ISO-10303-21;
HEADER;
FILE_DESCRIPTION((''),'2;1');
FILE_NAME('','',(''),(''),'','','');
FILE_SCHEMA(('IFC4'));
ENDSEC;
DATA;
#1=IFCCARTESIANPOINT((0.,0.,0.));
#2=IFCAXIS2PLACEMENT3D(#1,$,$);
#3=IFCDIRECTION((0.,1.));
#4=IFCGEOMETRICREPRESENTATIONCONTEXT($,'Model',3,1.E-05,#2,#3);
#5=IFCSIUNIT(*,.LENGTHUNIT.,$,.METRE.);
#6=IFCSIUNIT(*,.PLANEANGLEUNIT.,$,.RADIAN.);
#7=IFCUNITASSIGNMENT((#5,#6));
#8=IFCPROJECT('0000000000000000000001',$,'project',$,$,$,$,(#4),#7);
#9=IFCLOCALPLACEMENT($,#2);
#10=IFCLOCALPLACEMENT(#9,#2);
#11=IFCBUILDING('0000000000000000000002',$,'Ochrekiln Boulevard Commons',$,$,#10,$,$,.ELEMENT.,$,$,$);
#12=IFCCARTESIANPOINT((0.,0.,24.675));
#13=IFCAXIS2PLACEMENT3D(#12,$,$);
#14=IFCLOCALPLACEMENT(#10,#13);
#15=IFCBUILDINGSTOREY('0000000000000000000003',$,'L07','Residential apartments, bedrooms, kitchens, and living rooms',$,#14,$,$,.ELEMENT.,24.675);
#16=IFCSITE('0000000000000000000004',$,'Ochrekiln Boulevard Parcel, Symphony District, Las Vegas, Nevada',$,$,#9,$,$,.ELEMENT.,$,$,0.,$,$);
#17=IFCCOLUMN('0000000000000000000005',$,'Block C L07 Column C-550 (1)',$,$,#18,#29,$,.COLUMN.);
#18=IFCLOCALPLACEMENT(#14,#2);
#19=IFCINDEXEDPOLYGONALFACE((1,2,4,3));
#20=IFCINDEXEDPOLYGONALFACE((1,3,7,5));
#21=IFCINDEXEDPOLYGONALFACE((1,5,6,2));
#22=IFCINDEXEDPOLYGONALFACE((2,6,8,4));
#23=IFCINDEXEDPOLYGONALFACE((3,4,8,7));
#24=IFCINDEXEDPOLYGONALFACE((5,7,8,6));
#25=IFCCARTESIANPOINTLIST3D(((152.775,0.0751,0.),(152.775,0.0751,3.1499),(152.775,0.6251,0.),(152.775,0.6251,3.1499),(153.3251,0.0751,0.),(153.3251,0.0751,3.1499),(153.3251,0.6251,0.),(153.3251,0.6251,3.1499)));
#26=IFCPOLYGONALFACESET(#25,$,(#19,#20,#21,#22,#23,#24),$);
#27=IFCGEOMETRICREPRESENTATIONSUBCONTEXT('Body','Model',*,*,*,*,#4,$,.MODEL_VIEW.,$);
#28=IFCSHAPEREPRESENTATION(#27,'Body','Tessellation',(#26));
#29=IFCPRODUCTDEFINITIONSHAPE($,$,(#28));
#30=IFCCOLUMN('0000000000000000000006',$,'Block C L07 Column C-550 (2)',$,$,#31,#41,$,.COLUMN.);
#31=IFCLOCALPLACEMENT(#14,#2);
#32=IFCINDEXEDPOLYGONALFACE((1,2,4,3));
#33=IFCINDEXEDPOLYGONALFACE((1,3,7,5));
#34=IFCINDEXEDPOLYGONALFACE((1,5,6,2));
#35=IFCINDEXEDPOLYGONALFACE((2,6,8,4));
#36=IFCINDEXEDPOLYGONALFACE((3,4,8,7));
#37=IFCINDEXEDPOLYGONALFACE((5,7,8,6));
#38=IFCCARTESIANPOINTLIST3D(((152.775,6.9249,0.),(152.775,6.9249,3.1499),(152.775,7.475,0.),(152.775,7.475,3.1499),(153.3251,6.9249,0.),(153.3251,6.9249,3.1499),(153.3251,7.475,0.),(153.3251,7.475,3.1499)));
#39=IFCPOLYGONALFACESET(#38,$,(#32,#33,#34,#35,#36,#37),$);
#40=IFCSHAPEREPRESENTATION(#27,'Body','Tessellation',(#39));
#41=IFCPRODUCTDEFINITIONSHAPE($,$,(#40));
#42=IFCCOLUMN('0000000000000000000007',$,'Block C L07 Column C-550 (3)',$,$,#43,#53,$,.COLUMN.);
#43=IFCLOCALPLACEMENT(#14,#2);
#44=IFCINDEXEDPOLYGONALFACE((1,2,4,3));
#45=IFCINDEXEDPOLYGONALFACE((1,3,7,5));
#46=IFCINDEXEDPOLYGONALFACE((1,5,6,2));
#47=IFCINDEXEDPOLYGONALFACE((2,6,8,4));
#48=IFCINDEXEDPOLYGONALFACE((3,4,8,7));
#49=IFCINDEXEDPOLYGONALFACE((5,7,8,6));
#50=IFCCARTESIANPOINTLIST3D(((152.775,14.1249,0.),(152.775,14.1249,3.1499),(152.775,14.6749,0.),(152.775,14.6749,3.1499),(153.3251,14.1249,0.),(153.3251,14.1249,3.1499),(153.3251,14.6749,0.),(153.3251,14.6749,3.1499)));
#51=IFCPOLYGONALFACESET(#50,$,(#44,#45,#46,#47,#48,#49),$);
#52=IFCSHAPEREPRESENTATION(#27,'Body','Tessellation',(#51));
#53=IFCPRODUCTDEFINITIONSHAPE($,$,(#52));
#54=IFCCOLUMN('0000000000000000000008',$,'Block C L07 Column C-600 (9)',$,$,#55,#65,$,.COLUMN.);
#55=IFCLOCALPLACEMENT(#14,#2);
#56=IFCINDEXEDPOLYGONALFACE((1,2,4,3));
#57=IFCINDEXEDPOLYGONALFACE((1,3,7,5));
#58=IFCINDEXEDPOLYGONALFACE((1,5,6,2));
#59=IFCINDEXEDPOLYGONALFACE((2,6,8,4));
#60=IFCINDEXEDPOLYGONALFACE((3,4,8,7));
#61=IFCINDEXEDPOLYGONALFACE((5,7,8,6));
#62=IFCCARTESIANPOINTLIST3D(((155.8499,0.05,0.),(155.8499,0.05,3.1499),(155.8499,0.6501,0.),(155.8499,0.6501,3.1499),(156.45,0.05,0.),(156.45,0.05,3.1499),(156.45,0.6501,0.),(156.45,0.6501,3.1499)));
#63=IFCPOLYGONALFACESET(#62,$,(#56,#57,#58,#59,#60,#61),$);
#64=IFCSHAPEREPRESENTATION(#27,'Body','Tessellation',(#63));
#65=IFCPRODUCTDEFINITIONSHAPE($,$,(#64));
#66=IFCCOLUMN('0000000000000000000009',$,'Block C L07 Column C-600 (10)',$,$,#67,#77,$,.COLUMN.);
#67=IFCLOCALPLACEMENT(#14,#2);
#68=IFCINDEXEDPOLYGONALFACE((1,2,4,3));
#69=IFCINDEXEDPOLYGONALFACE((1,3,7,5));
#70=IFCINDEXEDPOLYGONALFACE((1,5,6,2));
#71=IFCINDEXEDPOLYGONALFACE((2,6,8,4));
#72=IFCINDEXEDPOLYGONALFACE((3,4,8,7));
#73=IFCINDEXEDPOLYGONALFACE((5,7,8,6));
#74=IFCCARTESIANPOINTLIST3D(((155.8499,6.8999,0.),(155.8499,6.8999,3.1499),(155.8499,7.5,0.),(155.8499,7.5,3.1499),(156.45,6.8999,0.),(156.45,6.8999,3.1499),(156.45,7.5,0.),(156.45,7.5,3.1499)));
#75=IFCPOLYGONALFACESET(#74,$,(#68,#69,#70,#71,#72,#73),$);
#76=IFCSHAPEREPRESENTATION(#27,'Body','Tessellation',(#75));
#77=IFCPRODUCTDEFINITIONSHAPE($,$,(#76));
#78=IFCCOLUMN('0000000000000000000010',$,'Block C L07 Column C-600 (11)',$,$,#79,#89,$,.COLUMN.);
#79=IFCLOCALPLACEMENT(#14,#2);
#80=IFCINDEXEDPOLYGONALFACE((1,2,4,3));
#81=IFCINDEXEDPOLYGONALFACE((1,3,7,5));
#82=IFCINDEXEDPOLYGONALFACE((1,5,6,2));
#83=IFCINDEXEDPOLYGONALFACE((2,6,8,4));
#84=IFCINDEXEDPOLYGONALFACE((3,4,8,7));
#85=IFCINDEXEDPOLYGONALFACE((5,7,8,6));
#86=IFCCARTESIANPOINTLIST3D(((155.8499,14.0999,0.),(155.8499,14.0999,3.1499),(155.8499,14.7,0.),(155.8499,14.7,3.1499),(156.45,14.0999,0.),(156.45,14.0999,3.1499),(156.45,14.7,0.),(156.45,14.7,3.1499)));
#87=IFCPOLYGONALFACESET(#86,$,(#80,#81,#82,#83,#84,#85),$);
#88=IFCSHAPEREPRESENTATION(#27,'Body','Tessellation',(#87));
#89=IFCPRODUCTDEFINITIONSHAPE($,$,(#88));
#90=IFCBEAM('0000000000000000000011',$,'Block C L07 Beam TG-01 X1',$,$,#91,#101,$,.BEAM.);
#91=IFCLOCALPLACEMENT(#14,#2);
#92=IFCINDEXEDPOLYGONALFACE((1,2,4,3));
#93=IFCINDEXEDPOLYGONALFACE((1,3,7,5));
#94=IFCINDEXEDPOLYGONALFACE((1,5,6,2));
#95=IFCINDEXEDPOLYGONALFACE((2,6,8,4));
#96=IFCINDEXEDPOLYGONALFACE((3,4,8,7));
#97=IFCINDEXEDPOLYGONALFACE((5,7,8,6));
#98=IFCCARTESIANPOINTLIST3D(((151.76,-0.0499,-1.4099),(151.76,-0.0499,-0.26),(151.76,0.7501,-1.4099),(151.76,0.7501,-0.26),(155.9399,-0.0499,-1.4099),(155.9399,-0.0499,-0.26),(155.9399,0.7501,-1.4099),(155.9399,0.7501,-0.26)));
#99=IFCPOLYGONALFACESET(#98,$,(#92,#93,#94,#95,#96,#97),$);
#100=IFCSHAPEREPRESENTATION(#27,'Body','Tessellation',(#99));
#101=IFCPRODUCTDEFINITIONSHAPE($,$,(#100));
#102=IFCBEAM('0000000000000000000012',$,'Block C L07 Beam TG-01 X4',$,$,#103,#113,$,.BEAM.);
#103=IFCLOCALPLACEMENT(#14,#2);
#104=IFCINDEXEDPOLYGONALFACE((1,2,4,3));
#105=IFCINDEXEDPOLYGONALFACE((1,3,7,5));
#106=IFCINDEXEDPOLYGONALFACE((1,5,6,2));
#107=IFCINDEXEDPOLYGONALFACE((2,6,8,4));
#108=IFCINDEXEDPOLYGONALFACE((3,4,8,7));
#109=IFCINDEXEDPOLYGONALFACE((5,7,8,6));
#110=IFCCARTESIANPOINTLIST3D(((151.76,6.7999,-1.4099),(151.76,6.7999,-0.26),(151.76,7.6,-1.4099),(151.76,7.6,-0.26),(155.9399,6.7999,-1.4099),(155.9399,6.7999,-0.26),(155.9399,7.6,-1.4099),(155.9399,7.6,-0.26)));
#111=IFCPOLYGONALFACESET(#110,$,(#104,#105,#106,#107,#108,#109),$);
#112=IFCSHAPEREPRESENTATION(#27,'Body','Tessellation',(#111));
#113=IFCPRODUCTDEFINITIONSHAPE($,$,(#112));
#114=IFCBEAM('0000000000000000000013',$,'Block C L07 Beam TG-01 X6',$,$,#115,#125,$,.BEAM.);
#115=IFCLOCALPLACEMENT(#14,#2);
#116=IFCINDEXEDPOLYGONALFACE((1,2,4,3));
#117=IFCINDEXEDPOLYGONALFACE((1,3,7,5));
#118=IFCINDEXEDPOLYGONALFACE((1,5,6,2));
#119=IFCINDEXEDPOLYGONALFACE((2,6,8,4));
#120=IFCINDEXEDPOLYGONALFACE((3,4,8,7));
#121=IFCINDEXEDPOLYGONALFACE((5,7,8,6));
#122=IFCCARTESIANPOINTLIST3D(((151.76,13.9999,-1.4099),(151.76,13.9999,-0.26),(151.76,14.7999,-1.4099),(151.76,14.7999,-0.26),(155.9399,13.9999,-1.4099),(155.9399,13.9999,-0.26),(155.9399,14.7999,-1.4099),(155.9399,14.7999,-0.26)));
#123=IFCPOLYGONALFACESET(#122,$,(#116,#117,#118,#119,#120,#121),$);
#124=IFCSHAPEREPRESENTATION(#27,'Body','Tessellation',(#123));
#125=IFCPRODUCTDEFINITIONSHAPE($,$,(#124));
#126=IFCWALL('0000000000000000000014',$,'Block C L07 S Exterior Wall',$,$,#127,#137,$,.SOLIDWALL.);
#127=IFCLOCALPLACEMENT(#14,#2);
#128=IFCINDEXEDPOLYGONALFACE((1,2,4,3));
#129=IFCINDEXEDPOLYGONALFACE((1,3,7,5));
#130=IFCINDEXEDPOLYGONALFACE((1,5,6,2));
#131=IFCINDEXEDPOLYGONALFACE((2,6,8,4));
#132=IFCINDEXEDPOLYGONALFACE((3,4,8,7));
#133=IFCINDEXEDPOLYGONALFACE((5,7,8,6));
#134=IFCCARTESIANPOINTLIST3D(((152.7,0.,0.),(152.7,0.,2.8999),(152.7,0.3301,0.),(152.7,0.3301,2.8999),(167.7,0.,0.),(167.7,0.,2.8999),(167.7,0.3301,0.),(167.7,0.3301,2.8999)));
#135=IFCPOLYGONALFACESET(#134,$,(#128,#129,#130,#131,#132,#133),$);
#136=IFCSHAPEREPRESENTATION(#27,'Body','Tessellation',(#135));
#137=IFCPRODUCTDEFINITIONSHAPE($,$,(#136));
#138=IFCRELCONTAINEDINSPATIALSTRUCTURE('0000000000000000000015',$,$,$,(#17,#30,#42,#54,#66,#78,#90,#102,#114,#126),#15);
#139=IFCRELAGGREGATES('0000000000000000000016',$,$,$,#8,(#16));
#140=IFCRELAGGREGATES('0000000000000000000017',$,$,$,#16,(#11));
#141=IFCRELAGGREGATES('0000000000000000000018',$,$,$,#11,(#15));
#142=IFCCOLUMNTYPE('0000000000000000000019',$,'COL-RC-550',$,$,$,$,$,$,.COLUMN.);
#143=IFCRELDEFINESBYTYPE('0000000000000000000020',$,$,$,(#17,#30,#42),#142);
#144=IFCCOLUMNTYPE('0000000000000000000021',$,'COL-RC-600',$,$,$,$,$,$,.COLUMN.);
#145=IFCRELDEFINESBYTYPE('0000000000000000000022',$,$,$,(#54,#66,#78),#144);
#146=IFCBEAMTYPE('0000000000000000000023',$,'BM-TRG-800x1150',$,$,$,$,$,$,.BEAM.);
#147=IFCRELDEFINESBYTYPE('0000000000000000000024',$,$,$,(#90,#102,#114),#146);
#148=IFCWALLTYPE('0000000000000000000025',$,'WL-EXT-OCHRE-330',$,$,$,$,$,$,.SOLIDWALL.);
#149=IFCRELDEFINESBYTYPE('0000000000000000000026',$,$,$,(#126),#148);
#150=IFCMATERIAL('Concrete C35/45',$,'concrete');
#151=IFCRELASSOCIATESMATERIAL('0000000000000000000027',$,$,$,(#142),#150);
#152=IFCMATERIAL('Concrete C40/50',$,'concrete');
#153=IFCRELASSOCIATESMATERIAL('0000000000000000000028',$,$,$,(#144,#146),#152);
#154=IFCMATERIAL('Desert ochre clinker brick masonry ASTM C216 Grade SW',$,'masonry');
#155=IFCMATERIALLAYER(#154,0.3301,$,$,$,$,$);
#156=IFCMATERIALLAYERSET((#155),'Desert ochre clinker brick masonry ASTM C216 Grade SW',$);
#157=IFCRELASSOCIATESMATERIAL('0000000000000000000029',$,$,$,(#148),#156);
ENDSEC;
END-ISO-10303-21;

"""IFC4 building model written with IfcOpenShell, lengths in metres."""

from ifc_helpers import new_model, si_unit, direction, frame, frame_2d, origin, origin_2d, place, context, subcontext, project, spatial, rectangle, extrude, material, layer, layer_set, material_profile, profile_set, type_object, element, save


model = new_model("IFC4")

# Units and contexts
model_context = context("Model", 3, precision=1e-05, world=origin(), true_north=direction((0.0, 1.0)))
body_context = subcontext(model_context, "Body", "Model", "MODEL_VIEW")
ifc_project = project(units=[si_unit("LENGTHUNIT", "METRE"), si_unit("PLANEANGLEUNIT", "RADIAN")], contexts=[model_context])

# Site, building, storey
site_placement = place(None, origin())
site = spatial("IfcSite", under=ifc_project, at=site_placement, Name="Ochrekiln Boulevard Parcel, Symphony District, Las Vegas, Nevada", CompositionType="ELEMENT", RefElevation=0.0)
building_placement = place(site_placement, origin())
building = spatial("IfcBuilding", under=site, at=building_placement, Name="Ochrekiln Boulevard Commons", CompositionType="ELEMENT")
storey_placement = place(building_placement, frame((0.0, 0.0, 24.675)))
storey = spatial("IfcBuildingStorey", under=building, at=storey_placement, Name="L07", Description="Residential apartments, bedrooms, kitchens, and living rooms", CompositionType="ELEMENT", Elevation=24.675)

# Columns
ifc_material_1 = material(Name="Concrete C35/45", Category="concrete")
ifc_material_profile_1 = material_profile(ifc_material_1, rectangle(XDim=0.55, YDim=0.55, at=origin_2d()), Name="RC-COL-550x550")
ifc_profile_set_1 = profile_set([ifc_material_profile_1], Name="Concrete C35/45")
column_type_1 = type_object("IfcColumnType", Name="COL-RC-550", PredefinedType="COLUMN", material=ifc_profile_set_1)
for number, where, z_axis, x_axis, name in (
    (1, (153.05, 0.3501, 0.0), (0.0, 0.0, 1.0), (1.0, 0.0, 0.0), "Block C L07 Column C-550 (1)"),
    (2, (153.05, 7.2, 0.0), (0.0, 0.0, 1.0), (1.0, 0.0, 0.0), "Block C L07 Column C-550 (2)"),
    (3, (153.05, 14.3999, 0.0), (0.0, 0.0, 1.0), (1.0, 0.0, 0.0), "Block C L07 Column C-550 (3)"),
):
    element("IfcColumn", number, at=place(storey_placement, frame(where, z_axis=z_axis, x_axis=x_axis)), inside=storey, type_object=column_type_1, Name=name, PredefinedType="COLUMN", context=body_context, shape_type="SweptSolid", body=[
        extrude(rectangle(XDim=0.55, YDim=0.55, at=origin_2d()), origin(), (0.0, 0.0, 1.0), 3.1499),
    ])
ifc_material_2 = material(Name="Concrete C40/50", Category="concrete")
ifc_material_profile_2 = material_profile(ifc_material_2, rectangle(XDim=0.6001, YDim=0.6001, at=origin_2d()), Name="RC-COL-600x600")
ifc_profile_set_2 = profile_set([ifc_material_profile_2], Name="Concrete C40/50")
column_type_2 = type_object("IfcColumnType", Name="COL-RC-600", PredefinedType="COLUMN", material=ifc_profile_set_2)
for number, where, z_axis, x_axis, name in (
    (4, (156.1499, 0.3501, 0.0), (0.0, 0.0, 1.0), (1.0, 0.0, 0.0), "Block C L07 Column C-600 (9)"),
    (5, (156.1499, 7.2, 0.0), (0.0, 0.0, 1.0), (1.0, 0.0, 0.0), "Block C L07 Column C-600 (10)"),
    (6, (156.1499, 14.3999, 0.0), (0.0, 0.0, 1.0), (1.0, 0.0, 0.0), "Block C L07 Column C-600 (11)"),
):
    element("IfcColumn", number, at=place(storey_placement, frame(where, z_axis=z_axis, x_axis=x_axis)), inside=storey, type_object=column_type_2, Name=name, PredefinedType="COLUMN", context=body_context, shape_type="SweptSolid", body=[
        extrude(rectangle(XDim=0.6001, YDim=0.6001, at=origin_2d()), origin(), (0.0, 0.0, 1.0), 3.1499),
    ])

# Beams
ifc_material_profile_3 = material_profile(ifc_material_2, rectangle(XDim=0.8, YDim=1.1499, at=origin_2d()), Name="RC-TRG-800x1150")
ifc_profile_set_3 = profile_set([ifc_material_profile_3], Name="Concrete C40/50")
beam_type = type_object("IfcBeamType", Name="BM-TRG-800x1150", PredefinedType="BEAM", material=ifc_profile_set_3)
for number, where, z_axis, x_axis, name in (
    (7, (151.76, 0.3501, -0.835), (1.0, 0.0, 0.0), (0.0, 1.0, 0.0), "Block C L07 Beam TG-01 X1"),
    (8, (151.76, 7.2, -0.835), (1.0, 0.0, 0.0), (0.0, 1.0, 0.0), "Block C L07 Beam TG-01 X4"),
    (9, (151.76, 14.3999, -0.835), (1.0, 0.0, 0.0), (0.0, 1.0, 0.0), "Block C L07 Beam TG-01 X6"),
):
    element("IfcBeam", number, at=place(storey_placement, frame(where, z_axis=z_axis, x_axis=x_axis)), inside=storey, type_object=beam_type, Name=name, PredefinedType="BEAM", context=body_context, shape_type="SweptSolid", body=[
        extrude(rectangle(XDim=0.8, YDim=1.1499, at=origin_2d()), origin(), (0.0, 0.0, 1.0), 4.1799),
    ])

# Wall
ifc_material_3 = material(Name="Desert ochre clinker brick masonry ASTM C216 Grade SW", Category="masonry")
ifc_layer_1 = layer(ifc_material_3, 0.3301)
ifc_layer_set_1 = layer_set([ifc_layer_1], Name="Desert ochre clinker brick masonry ASTM C216 Grade SW")
wall_type_1 = type_object("IfcWallType", Name="WL-EXT-OCHRE-330", PredefinedType="SOLIDWALL", material=ifc_layer_set_1)
wall_1_placement = place(storey_placement, frame((152.7, 0.165, 0.0), z_axis=(0.0, 0.0, 1.0), x_axis=(1.0, 0.0, 0.0)))
element("IfcWall", 10, at=wall_1_placement, inside=storey, type_object=wall_type_1, Name="Block C L07 S Exterior Wall", PredefinedType="SOLIDWALL", context=body_context, shape_type="SweptSolid", body=[
    extrude(rectangle(XDim=15.0, YDim=0.3301, at=frame_2d((7.5, 0.0))), origin(), (0.0, 0.0, 1.0), 2.8999),
])

save(model, "model.ifc")
